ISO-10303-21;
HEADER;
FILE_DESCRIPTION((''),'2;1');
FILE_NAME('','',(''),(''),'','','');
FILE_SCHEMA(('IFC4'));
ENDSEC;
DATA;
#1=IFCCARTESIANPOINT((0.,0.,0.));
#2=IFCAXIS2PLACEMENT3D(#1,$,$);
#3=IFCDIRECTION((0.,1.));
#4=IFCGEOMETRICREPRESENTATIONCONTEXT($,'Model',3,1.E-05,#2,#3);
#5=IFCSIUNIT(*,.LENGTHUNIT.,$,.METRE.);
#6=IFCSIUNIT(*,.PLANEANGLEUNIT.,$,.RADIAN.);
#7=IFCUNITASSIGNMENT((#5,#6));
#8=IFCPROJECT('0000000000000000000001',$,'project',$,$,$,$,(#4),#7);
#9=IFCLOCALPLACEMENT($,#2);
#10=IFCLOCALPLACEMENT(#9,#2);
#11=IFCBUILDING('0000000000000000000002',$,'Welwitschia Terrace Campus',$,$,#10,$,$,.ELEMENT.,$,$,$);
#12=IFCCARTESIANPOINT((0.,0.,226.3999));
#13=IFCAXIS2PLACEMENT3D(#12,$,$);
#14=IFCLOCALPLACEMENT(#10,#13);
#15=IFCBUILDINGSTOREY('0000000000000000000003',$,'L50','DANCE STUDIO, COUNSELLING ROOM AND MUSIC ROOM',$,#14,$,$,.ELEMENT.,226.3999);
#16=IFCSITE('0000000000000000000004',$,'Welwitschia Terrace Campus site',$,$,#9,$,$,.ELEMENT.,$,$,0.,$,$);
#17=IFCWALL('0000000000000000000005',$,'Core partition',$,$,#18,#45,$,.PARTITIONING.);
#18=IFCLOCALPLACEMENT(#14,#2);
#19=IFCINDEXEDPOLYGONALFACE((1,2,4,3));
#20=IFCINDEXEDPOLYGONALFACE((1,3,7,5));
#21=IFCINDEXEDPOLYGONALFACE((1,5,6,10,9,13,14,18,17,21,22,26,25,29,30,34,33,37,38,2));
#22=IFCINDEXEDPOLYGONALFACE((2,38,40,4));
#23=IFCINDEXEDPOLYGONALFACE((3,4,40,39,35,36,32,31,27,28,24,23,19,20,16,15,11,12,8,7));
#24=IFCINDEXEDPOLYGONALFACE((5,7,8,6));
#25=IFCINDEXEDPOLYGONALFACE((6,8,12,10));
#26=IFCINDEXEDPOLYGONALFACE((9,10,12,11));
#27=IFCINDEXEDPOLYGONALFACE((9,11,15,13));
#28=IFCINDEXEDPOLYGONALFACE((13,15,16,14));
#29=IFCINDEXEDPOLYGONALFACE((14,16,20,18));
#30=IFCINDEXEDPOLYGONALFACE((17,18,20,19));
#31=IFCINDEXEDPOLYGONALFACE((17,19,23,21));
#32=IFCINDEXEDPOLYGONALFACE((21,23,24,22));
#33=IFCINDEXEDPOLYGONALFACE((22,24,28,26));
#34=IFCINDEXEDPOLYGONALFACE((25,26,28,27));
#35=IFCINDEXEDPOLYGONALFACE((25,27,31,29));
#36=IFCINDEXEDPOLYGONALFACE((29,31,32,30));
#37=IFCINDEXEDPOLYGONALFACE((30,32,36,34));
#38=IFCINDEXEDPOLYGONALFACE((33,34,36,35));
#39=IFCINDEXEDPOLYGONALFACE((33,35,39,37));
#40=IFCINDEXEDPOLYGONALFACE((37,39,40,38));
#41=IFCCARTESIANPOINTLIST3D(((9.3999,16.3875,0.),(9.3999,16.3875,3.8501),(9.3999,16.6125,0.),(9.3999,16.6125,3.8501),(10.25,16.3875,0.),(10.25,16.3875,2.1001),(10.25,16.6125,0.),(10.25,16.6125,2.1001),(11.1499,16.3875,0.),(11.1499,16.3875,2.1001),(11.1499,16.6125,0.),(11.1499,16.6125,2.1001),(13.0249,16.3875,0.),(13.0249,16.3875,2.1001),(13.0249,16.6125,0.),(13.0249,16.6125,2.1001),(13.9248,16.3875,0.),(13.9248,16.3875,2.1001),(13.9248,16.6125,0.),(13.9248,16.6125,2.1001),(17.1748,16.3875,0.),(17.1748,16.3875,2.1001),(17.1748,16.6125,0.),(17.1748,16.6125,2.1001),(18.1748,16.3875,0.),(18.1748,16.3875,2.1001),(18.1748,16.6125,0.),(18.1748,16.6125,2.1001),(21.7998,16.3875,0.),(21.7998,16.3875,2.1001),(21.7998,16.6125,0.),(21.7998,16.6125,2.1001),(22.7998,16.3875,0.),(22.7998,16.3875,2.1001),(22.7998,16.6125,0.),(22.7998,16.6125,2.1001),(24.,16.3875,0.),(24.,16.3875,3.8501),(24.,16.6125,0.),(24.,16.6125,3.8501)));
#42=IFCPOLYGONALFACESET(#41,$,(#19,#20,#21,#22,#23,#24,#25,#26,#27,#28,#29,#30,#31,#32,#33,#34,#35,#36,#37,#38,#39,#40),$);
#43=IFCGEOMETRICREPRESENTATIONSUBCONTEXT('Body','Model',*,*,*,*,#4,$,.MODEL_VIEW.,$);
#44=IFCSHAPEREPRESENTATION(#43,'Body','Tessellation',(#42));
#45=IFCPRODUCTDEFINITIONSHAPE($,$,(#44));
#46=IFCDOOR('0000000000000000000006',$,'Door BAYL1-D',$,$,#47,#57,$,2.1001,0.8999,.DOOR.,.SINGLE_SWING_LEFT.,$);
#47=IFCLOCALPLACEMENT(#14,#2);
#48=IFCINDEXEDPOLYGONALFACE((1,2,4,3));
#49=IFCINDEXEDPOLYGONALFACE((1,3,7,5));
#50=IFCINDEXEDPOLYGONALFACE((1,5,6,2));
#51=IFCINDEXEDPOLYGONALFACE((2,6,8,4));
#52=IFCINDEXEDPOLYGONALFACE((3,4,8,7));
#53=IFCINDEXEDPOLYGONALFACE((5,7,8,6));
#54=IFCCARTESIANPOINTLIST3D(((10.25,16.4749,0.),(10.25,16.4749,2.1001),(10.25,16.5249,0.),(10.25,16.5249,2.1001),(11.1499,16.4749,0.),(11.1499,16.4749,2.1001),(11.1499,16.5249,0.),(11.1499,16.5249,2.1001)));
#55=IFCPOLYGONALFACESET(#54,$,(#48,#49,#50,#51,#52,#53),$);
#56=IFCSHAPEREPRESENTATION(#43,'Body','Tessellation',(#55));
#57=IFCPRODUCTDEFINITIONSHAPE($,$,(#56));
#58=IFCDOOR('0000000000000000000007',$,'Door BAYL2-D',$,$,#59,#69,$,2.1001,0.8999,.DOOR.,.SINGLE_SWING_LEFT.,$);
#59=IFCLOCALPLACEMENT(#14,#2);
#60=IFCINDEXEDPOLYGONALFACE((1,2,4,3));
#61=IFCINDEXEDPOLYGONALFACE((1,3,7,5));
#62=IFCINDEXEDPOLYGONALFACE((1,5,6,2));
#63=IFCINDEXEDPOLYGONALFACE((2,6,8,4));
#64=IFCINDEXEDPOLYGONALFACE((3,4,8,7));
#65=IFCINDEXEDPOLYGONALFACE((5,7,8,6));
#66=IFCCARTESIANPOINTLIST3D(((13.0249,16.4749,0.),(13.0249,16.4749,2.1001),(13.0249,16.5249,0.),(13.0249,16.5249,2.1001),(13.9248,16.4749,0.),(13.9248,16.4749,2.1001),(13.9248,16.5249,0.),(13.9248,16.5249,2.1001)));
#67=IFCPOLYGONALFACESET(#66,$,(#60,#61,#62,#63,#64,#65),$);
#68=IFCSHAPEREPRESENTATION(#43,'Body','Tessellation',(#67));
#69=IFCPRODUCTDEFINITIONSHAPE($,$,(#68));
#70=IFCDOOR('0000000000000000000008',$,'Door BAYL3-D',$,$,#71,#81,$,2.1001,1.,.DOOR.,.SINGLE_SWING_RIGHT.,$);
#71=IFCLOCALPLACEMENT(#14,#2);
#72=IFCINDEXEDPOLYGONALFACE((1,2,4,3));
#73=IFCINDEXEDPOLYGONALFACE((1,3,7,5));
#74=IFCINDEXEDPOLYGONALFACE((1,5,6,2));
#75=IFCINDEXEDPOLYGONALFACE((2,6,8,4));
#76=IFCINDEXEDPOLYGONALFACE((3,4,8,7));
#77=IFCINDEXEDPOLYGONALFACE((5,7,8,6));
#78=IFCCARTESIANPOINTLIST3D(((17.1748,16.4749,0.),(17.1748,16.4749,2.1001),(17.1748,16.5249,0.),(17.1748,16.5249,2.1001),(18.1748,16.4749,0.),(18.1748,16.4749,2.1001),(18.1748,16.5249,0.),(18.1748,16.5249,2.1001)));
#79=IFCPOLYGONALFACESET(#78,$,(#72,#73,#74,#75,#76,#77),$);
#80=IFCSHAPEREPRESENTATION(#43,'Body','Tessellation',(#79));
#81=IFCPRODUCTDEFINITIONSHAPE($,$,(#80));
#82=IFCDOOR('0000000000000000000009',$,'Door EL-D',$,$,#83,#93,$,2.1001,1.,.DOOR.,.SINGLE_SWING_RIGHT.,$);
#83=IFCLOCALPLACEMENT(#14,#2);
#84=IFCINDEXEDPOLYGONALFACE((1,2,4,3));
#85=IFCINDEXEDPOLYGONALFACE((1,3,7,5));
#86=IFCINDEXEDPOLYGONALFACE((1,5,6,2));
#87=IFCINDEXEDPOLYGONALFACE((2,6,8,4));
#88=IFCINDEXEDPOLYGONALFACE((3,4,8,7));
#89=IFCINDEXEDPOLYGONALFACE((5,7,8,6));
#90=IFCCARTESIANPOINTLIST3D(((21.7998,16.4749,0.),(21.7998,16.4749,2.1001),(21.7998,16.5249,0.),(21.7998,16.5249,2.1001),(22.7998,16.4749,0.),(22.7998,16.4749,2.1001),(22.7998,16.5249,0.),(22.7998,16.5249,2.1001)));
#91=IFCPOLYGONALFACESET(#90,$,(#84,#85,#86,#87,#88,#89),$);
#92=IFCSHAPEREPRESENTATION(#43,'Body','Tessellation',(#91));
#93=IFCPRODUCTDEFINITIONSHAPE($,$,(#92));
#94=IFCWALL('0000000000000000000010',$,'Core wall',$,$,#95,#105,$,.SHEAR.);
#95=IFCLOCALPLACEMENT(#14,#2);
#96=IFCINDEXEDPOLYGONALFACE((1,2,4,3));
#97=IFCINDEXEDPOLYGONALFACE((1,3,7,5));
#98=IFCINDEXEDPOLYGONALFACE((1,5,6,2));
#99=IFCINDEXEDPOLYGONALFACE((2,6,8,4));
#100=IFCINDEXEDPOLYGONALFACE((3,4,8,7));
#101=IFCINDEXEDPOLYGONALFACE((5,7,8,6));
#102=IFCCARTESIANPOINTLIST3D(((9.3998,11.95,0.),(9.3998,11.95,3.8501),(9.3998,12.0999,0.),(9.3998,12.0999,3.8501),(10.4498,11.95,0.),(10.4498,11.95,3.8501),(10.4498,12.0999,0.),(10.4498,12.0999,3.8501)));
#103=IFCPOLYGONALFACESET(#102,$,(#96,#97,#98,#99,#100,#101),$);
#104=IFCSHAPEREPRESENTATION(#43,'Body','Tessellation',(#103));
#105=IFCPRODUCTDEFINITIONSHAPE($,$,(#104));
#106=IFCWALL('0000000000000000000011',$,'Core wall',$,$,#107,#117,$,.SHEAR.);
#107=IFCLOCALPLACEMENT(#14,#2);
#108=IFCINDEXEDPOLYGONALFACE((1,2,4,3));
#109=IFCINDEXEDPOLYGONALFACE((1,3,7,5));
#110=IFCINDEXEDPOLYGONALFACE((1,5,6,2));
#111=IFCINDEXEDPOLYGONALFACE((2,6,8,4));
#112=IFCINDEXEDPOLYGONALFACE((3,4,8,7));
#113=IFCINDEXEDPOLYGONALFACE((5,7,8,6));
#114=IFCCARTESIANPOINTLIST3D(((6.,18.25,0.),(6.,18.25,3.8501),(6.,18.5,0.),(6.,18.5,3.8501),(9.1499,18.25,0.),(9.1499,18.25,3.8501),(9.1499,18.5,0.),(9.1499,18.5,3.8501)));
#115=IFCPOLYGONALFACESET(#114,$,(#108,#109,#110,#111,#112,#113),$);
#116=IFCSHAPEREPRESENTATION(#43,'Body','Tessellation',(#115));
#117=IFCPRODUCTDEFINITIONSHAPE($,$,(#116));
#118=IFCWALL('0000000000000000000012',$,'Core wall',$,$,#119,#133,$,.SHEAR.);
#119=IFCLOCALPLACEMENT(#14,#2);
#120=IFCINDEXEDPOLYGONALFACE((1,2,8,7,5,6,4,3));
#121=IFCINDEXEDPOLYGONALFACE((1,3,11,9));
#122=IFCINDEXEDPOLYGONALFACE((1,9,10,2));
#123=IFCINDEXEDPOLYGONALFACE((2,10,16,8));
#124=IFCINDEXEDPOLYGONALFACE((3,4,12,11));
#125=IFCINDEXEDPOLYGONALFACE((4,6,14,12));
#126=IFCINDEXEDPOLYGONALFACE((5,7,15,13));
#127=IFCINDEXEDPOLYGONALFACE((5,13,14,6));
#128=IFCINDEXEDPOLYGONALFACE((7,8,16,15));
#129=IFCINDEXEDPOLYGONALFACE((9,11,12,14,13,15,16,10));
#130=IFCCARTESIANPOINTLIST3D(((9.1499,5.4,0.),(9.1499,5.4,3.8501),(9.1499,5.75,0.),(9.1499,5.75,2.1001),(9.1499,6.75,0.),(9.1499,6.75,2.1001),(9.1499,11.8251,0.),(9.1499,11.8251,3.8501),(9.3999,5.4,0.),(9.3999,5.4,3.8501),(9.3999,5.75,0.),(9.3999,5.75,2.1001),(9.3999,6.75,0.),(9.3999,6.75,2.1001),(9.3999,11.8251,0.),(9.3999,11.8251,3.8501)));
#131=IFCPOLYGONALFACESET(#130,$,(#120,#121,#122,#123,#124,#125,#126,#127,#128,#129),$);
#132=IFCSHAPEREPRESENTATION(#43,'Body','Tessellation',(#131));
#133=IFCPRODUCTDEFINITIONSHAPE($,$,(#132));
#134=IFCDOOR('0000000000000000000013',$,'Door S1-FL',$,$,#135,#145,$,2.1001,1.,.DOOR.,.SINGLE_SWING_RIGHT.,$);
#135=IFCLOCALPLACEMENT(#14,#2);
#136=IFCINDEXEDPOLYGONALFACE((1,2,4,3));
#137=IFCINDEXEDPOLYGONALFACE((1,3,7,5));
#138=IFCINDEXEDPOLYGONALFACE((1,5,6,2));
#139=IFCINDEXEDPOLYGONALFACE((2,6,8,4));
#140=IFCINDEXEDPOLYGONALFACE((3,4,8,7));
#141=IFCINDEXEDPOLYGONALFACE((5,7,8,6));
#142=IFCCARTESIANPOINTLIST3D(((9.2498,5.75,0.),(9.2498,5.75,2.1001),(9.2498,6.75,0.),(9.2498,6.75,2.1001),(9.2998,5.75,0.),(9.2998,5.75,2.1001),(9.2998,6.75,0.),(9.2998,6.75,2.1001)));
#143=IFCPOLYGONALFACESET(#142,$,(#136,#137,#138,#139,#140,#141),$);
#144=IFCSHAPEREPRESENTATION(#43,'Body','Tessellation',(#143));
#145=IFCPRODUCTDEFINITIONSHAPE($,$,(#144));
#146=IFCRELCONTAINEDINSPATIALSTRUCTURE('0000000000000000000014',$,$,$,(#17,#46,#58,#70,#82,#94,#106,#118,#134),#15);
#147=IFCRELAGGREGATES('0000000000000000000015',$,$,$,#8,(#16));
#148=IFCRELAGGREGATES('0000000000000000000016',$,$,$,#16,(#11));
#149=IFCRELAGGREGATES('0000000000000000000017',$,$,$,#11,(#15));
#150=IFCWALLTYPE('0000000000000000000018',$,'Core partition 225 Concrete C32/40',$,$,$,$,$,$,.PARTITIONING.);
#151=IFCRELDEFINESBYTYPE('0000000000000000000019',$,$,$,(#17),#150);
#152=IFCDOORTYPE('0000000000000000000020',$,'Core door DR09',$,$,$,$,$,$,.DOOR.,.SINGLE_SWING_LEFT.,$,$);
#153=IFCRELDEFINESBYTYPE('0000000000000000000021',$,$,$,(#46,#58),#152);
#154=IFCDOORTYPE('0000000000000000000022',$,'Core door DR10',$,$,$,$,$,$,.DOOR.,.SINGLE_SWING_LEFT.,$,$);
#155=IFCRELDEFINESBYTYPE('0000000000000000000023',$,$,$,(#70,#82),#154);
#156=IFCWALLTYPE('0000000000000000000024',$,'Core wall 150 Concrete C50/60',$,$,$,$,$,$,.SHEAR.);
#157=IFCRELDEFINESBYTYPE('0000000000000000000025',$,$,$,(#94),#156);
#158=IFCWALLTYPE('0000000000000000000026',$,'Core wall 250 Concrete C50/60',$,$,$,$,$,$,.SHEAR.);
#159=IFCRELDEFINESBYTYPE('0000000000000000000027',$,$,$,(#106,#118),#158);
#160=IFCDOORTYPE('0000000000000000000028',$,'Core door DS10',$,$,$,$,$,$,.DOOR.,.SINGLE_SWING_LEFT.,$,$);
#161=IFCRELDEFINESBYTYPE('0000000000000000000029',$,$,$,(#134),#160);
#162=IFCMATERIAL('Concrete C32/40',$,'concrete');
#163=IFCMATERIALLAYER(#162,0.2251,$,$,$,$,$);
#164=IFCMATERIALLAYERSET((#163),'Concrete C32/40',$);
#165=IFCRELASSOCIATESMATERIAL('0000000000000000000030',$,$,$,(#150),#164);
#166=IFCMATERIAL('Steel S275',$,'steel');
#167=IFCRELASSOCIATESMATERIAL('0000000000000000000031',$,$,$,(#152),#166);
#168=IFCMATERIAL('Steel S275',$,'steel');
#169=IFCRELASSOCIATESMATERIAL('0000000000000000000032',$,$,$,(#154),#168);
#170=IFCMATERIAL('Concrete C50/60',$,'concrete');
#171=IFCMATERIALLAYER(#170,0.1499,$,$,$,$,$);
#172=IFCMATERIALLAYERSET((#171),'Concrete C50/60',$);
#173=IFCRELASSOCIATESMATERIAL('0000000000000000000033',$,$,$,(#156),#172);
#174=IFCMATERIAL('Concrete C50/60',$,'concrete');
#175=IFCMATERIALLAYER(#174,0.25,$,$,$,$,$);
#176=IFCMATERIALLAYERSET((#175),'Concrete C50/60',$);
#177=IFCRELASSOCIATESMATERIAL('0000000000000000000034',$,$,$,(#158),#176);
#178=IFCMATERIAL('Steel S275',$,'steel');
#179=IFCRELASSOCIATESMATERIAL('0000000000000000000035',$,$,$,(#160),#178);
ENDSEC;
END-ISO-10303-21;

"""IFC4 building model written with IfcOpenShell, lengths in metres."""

from ifc_helpers import new_model, si_unit, direction, frame, frame_2d, origin, place, context, subcontext, project, spatial, rectangle, extrude, material, layer, layer_set, type_object, element, fill, save


model = new_model("IFC4")

# Units and contexts
model_context = context("Model", 3, precision=1e-05, world=origin(), true_north=direction((0.0, 1.0)))
body_context = subcontext(model_context, "Body", "Model", "MODEL_VIEW")
ifc_project = project(units=[si_unit("LENGTHUNIT", "METRE"), si_unit("PLANEANGLEUNIT", "RADIAN")], contexts=[model_context])

# Site, building, storey
site_placement = place(None, origin())
site = spatial("IfcSite", under=ifc_project, at=site_placement, Name="Welwitschia Terrace Campus site", CompositionType="ELEMENT", RefElevation=0.0)
building_placement = place(site_placement, origin())
building = spatial("IfcBuilding", under=site, at=building_placement, Name="Welwitschia Terrace Campus", CompositionType="ELEMENT")
storey_placement = place(building_placement, frame((0.0, 0.0, 226.3999)))
storey = spatial("IfcBuildingStorey", under=building, at=storey_placement, Name="L50", Description="DANCE STUDIO, COUNSELLING ROOM AND MUSIC ROOM", CompositionType="ELEMENT", Elevation=226.3999)

# Shared definitions
ifc_material_1 = material(Name="Concrete C32/40", Category="concrete")
ifc_layer_1 = layer(ifc_material_1, 0.2251)
ifc_layer_set_1 = layer_set([ifc_layer_1], Name="Concrete C32/40")
wall_type_1 = type_object("IfcWallType", Name="Core partition 225 Concrete C32/40", PredefinedType="PARTITIONING", material=ifc_layer_set_1)

# Wall, openings, doors
wall_1_placement = place(storey_placement, frame((9.3999, 16.5, 0.0), z_axis=(0.0, 0.0, 1.0), x_axis=(1.0, 0.0, 0.0)))
wall_1 = element("IfcWall", 1, at=wall_1_placement, inside=storey, type_object=wall_type_1, Name="Core partition", PredefinedType="PARTITIONING", context=body_context, shape_type="SweptSolid", body=[
    extrude(rectangle(XDim=14.6001, YDim=0.2251, at=frame_2d((7.3, 0.0))), origin(), (0.0, 0.0, 1.0), 3.8501),
])
opening_1_placement = place(wall_1_placement, frame((0.8501, 0.0, 0.0)))
opening_1 = element("IfcOpeningElement", 2, at=opening_1_placement, cuts=wall_1, PredefinedType="OPENING", context=body_context, shape_type="SweptSolid", body=[
    extrude(rectangle(XDim=0.8999, YDim=2.1001, at=frame_2d((0.45, 1.05))), frame((0.0, 0.1226, 0.0), z_axis=(0.0, -1.0, 0.0), x_axis=(1.0, 0.0, 0.0)), (0.0, 0.0, 1.0), 0.2451),
])
opening_2_placement = place(wall_1_placement, frame((3.625, 0.0, 0.0)))
opening_2 = element("IfcOpeningElement", 3, at=opening_2_placement, cuts=wall_1, PredefinedType="OPENING", context=body_context, shape_type="SweptSolid", body=[
    extrude(rectangle(XDim=0.8999, YDim=2.1001, at=frame_2d((0.45, 1.05))), frame((0.0, 0.1226, 0.0), z_axis=(0.0, -1.0, 0.0), x_axis=(1.0, 0.0, 0.0)), (0.0, 0.0, 1.0), 0.2451),
])
opening_3_placement = place(wall_1_placement, frame((7.7749, 0.0, 0.0)))
opening_3 = element("IfcOpeningElement", 4, at=opening_3_placement, cuts=wall_1, PredefinedType="OPENING", context=body_context, shape_type="SweptSolid", body=[
    extrude(rectangle(XDim=1.0, YDim=2.1001, at=frame_2d((0.5, 1.05))), frame((0.0, 0.1226, 0.0), z_axis=(0.0, -1.0, 0.0), x_axis=(1.0, 0.0, 0.0)), (0.0, 0.0, 1.0), 0.2451),
])
opening_4_placement = place(wall_1_placement, frame((12.3999, 0.0, 0.0)))
opening_4 = element("IfcOpeningElement", 5, at=opening_4_placement, cuts=wall_1, PredefinedType="OPENING", context=body_context, shape_type="SweptSolid", body=[
    extrude(rectangle(XDim=1.0, YDim=2.1001, at=frame_2d((0.5, 1.05))), frame((0.0, 0.1226, 0.0), z_axis=(0.0, -1.0, 0.0), x_axis=(1.0, 0.0, 0.0)), (0.0, 0.0, 1.0), 0.2451),
])
ifc_material_2 = material(Name="Steel S275", Category="steel")
door_type_1 = type_object("IfcDoorType", Name="Core door DR09", OperationType="SINGLE_SWING_LEFT", PredefinedType="DOOR", material=ifc_material_2)
door_1_placement = place(opening_1_placement, origin())
door_1 = element("IfcDoor", 6, at=door_1_placement, inside=storey, type_object=door_type_1, Name="Door BAYL1-D", OperationType="SINGLE_SWING_LEFT", OverallHeight=2.1001, OverallWidth=0.8999, PredefinedType="DOOR", context=body_context, shape_type="SweptSolid", body=[
    extrude(rectangle(XDim=0.8999, YDim=2.1001, at=frame_2d((0.45, 1.05))), frame((0.0, 0.0249, 0.0), z_axis=(0.0, -1.0, 0.0), x_axis=(1.0, 0.0, 0.0)), (0.0, 0.0, 1.0), 0.05),
])
fill(opening_1, door_1)
door_2_placement = place(opening_2_placement, origin())
door_2 = element("IfcDoor", 7, at=door_2_placement, inside=storey, type_object=door_type_1, Name="Door BAYL2-D", OperationType="SINGLE_SWING_LEFT", OverallHeight=2.1001, OverallWidth=0.8999, PredefinedType="DOOR", context=body_context, shape_type="SweptSolid", body=[
    extrude(rectangle(XDim=0.8999, YDim=2.1001, at=frame_2d((0.45, 1.05))), frame((0.0, 0.0249, 0.0), z_axis=(0.0, -1.0, 0.0), x_axis=(1.0, 0.0, 0.0)), (0.0, 0.0, 1.0), 0.05),
])
fill(opening_2, door_2)
ifc_material_3 = material(Name="Steel S275", Category="steel")
door_type_2 = type_object("IfcDoorType", Name="Core door DR10", OperationType="SINGLE_SWING_LEFT", PredefinedType="DOOR", material=ifc_material_3)
door_3_placement = place(opening_3_placement, origin())
door_3 = element("IfcDoor", 8, at=door_3_placement, inside=storey, type_object=door_type_2, Name="Door BAYL3-D", OperationType="SINGLE_SWING_RIGHT", OverallHeight=2.1001, OverallWidth=1.0, PredefinedType="DOOR", context=body_context, shape_type="SweptSolid", body=[
    extrude(rectangle(XDim=1.0, YDim=2.1001, at=frame_2d((0.5, 1.05))), frame((0.0, 0.0249, 0.0), z_axis=(0.0, -1.0, 0.0), x_axis=(1.0, 0.0, 0.0)), (0.0, 0.0, 1.0), 0.05),
])
fill(opening_3, door_3)
door_4_placement = place(opening_4_placement, origin())
door_4 = element("IfcDoor", 9, at=door_4_placement, inside=storey, type_object=door_type_2, Name="Door EL-D", OperationType="SINGLE_SWING_RIGHT", OverallHeight=2.1001, OverallWidth=1.0, PredefinedType="DOOR", context=body_context, shape_type="SweptSolid", body=[
    extrude(rectangle(XDim=1.0, YDim=2.1001, at=frame_2d((0.5, 1.05))), frame((0.0, 0.0249, 0.0), z_axis=(0.0, -1.0, 0.0), x_axis=(1.0, 0.0, 0.0)), (0.0, 0.0, 1.0), 0.05),
])
fill(opening_4, door_4)

# Walls
ifc_material_4 = material(Name="Concrete C50/60", Category="concrete")
ifc_layer_2 = layer(ifc_material_4, 0.1499)
ifc_layer_set_2 = layer_set([ifc_layer_2], Name="Concrete C50/60")
wall_type_2 = type_object("IfcWallType", Name="Core wall 150 Concrete C50/60", PredefinedType="SHEAR", material=ifc_layer_set_2)
wall_2_placement = place(storey_placement, frame((9.3999, 12.0249, 0.0), z_axis=(0.0, 0.0, 1.0), x_axis=(1.0, 0.0, 0.0)))
element("IfcWall", 10, at=wall_2_placement, inside=storey, type_object=wall_type_2, Name="Core wall", PredefinedType="SHEAR", context=body_context, shape_type="SweptSolid", body=[
    extrude(rectangle(XDim=1.05, YDim=0.1499, at=frame_2d((0.5249, 0.0))), origin(), (0.0, 0.0, 1.0), 3.8501),
])
ifc_material_5 = material(Name="Concrete C50/60", Category="concrete")
ifc_layer_3 = layer(ifc_material_5, 0.25)
ifc_layer_set_3 = layer_set([ifc_layer_3], Name="Concrete C50/60")
wall_type_3 = type_object("IfcWallType", Name="Core wall 250 Concrete C50/60", PredefinedType="SHEAR", material=ifc_layer_set_3)
wall_3_placement = place(storey_placement, frame((6.0, 18.375, 0.0), z_axis=(0.0, 0.0, 1.0), x_axis=(1.0, 0.0, 0.0)))
element("IfcWall", 11, at=wall_3_placement, inside=storey, type_object=wall_type_3, Name="Core wall", PredefinedType="SHEAR", context=body_context, shape_type="SweptSolid", body=[
    extrude(rectangle(XDim=3.1499, YDim=0.25, at=frame_2d((1.575, 0.0))), origin(), (0.0, 0.0, 1.0), 3.8501),
])

# Wall, opening, door
wall_4_placement = place(storey_placement, frame((9.2749, 11.825, 0.0), z_axis=(0.0, 0.0, 1.0), x_axis=(0.0, -1.0, 0.0)))
wall_4 = element("IfcWall", 12, at=wall_4_placement, inside=storey, type_object=wall_type_3, Name="Core wall", PredefinedType="SHEAR", context=body_context, shape_type="SweptSolid", body=[
    extrude(rectangle(XDim=6.425, YDim=0.25, at=frame_2d((3.2124, 0.0))), origin(), (0.0, 0.0, 1.0), 3.8501),
])
opening_5_placement = place(wall_4_placement, frame((5.075, 0.0, 0.0)))
opening_5 = element("IfcOpeningElement", 13, at=opening_5_placement, cuts=wall_4, PredefinedType="OPENING", context=body_context, shape_type="SweptSolid", body=[
    extrude(rectangle(XDim=1.0, YDim=2.1001, at=frame_2d((0.5, 1.05))), frame((0.0, 0.135, 0.0), z_axis=(0.0, -1.0, 0.0), x_axis=(1.0, 0.0, 0.0)), (0.0, 0.0, 1.0), 0.27),
])
ifc_material_6 = material(Name="Steel S275", Category="steel")
door_type_3 = type_object("IfcDoorType", Name="Core door DS10", OperationType="SINGLE_SWING_LEFT", PredefinedType="DOOR", material=ifc_material_6)
door_5_placement = place(opening_5_placement, origin())
door_5 = element("IfcDoor", 14, at=door_5_placement, inside=storey, type_object=door_type_3, Name="Door S1-FL", OperationType="SINGLE_SWING_RIGHT", OverallHeight=2.1001, OverallWidth=1.0, PredefinedType="DOOR", context=body_context, shape_type="SweptSolid", body=[
    extrude(rectangle(XDim=1.0, YDim=2.1001, at=frame_2d((0.5, 1.05))), frame((0.0, 0.0249, 0.0), z_axis=(0.0, -1.0, 0.0), x_axis=(1.0, 0.0, 0.0)), (0.0, 0.0, 1.0), 0.05),
])
fill(opening_5, door_5)

save(model, "model.ifc")
